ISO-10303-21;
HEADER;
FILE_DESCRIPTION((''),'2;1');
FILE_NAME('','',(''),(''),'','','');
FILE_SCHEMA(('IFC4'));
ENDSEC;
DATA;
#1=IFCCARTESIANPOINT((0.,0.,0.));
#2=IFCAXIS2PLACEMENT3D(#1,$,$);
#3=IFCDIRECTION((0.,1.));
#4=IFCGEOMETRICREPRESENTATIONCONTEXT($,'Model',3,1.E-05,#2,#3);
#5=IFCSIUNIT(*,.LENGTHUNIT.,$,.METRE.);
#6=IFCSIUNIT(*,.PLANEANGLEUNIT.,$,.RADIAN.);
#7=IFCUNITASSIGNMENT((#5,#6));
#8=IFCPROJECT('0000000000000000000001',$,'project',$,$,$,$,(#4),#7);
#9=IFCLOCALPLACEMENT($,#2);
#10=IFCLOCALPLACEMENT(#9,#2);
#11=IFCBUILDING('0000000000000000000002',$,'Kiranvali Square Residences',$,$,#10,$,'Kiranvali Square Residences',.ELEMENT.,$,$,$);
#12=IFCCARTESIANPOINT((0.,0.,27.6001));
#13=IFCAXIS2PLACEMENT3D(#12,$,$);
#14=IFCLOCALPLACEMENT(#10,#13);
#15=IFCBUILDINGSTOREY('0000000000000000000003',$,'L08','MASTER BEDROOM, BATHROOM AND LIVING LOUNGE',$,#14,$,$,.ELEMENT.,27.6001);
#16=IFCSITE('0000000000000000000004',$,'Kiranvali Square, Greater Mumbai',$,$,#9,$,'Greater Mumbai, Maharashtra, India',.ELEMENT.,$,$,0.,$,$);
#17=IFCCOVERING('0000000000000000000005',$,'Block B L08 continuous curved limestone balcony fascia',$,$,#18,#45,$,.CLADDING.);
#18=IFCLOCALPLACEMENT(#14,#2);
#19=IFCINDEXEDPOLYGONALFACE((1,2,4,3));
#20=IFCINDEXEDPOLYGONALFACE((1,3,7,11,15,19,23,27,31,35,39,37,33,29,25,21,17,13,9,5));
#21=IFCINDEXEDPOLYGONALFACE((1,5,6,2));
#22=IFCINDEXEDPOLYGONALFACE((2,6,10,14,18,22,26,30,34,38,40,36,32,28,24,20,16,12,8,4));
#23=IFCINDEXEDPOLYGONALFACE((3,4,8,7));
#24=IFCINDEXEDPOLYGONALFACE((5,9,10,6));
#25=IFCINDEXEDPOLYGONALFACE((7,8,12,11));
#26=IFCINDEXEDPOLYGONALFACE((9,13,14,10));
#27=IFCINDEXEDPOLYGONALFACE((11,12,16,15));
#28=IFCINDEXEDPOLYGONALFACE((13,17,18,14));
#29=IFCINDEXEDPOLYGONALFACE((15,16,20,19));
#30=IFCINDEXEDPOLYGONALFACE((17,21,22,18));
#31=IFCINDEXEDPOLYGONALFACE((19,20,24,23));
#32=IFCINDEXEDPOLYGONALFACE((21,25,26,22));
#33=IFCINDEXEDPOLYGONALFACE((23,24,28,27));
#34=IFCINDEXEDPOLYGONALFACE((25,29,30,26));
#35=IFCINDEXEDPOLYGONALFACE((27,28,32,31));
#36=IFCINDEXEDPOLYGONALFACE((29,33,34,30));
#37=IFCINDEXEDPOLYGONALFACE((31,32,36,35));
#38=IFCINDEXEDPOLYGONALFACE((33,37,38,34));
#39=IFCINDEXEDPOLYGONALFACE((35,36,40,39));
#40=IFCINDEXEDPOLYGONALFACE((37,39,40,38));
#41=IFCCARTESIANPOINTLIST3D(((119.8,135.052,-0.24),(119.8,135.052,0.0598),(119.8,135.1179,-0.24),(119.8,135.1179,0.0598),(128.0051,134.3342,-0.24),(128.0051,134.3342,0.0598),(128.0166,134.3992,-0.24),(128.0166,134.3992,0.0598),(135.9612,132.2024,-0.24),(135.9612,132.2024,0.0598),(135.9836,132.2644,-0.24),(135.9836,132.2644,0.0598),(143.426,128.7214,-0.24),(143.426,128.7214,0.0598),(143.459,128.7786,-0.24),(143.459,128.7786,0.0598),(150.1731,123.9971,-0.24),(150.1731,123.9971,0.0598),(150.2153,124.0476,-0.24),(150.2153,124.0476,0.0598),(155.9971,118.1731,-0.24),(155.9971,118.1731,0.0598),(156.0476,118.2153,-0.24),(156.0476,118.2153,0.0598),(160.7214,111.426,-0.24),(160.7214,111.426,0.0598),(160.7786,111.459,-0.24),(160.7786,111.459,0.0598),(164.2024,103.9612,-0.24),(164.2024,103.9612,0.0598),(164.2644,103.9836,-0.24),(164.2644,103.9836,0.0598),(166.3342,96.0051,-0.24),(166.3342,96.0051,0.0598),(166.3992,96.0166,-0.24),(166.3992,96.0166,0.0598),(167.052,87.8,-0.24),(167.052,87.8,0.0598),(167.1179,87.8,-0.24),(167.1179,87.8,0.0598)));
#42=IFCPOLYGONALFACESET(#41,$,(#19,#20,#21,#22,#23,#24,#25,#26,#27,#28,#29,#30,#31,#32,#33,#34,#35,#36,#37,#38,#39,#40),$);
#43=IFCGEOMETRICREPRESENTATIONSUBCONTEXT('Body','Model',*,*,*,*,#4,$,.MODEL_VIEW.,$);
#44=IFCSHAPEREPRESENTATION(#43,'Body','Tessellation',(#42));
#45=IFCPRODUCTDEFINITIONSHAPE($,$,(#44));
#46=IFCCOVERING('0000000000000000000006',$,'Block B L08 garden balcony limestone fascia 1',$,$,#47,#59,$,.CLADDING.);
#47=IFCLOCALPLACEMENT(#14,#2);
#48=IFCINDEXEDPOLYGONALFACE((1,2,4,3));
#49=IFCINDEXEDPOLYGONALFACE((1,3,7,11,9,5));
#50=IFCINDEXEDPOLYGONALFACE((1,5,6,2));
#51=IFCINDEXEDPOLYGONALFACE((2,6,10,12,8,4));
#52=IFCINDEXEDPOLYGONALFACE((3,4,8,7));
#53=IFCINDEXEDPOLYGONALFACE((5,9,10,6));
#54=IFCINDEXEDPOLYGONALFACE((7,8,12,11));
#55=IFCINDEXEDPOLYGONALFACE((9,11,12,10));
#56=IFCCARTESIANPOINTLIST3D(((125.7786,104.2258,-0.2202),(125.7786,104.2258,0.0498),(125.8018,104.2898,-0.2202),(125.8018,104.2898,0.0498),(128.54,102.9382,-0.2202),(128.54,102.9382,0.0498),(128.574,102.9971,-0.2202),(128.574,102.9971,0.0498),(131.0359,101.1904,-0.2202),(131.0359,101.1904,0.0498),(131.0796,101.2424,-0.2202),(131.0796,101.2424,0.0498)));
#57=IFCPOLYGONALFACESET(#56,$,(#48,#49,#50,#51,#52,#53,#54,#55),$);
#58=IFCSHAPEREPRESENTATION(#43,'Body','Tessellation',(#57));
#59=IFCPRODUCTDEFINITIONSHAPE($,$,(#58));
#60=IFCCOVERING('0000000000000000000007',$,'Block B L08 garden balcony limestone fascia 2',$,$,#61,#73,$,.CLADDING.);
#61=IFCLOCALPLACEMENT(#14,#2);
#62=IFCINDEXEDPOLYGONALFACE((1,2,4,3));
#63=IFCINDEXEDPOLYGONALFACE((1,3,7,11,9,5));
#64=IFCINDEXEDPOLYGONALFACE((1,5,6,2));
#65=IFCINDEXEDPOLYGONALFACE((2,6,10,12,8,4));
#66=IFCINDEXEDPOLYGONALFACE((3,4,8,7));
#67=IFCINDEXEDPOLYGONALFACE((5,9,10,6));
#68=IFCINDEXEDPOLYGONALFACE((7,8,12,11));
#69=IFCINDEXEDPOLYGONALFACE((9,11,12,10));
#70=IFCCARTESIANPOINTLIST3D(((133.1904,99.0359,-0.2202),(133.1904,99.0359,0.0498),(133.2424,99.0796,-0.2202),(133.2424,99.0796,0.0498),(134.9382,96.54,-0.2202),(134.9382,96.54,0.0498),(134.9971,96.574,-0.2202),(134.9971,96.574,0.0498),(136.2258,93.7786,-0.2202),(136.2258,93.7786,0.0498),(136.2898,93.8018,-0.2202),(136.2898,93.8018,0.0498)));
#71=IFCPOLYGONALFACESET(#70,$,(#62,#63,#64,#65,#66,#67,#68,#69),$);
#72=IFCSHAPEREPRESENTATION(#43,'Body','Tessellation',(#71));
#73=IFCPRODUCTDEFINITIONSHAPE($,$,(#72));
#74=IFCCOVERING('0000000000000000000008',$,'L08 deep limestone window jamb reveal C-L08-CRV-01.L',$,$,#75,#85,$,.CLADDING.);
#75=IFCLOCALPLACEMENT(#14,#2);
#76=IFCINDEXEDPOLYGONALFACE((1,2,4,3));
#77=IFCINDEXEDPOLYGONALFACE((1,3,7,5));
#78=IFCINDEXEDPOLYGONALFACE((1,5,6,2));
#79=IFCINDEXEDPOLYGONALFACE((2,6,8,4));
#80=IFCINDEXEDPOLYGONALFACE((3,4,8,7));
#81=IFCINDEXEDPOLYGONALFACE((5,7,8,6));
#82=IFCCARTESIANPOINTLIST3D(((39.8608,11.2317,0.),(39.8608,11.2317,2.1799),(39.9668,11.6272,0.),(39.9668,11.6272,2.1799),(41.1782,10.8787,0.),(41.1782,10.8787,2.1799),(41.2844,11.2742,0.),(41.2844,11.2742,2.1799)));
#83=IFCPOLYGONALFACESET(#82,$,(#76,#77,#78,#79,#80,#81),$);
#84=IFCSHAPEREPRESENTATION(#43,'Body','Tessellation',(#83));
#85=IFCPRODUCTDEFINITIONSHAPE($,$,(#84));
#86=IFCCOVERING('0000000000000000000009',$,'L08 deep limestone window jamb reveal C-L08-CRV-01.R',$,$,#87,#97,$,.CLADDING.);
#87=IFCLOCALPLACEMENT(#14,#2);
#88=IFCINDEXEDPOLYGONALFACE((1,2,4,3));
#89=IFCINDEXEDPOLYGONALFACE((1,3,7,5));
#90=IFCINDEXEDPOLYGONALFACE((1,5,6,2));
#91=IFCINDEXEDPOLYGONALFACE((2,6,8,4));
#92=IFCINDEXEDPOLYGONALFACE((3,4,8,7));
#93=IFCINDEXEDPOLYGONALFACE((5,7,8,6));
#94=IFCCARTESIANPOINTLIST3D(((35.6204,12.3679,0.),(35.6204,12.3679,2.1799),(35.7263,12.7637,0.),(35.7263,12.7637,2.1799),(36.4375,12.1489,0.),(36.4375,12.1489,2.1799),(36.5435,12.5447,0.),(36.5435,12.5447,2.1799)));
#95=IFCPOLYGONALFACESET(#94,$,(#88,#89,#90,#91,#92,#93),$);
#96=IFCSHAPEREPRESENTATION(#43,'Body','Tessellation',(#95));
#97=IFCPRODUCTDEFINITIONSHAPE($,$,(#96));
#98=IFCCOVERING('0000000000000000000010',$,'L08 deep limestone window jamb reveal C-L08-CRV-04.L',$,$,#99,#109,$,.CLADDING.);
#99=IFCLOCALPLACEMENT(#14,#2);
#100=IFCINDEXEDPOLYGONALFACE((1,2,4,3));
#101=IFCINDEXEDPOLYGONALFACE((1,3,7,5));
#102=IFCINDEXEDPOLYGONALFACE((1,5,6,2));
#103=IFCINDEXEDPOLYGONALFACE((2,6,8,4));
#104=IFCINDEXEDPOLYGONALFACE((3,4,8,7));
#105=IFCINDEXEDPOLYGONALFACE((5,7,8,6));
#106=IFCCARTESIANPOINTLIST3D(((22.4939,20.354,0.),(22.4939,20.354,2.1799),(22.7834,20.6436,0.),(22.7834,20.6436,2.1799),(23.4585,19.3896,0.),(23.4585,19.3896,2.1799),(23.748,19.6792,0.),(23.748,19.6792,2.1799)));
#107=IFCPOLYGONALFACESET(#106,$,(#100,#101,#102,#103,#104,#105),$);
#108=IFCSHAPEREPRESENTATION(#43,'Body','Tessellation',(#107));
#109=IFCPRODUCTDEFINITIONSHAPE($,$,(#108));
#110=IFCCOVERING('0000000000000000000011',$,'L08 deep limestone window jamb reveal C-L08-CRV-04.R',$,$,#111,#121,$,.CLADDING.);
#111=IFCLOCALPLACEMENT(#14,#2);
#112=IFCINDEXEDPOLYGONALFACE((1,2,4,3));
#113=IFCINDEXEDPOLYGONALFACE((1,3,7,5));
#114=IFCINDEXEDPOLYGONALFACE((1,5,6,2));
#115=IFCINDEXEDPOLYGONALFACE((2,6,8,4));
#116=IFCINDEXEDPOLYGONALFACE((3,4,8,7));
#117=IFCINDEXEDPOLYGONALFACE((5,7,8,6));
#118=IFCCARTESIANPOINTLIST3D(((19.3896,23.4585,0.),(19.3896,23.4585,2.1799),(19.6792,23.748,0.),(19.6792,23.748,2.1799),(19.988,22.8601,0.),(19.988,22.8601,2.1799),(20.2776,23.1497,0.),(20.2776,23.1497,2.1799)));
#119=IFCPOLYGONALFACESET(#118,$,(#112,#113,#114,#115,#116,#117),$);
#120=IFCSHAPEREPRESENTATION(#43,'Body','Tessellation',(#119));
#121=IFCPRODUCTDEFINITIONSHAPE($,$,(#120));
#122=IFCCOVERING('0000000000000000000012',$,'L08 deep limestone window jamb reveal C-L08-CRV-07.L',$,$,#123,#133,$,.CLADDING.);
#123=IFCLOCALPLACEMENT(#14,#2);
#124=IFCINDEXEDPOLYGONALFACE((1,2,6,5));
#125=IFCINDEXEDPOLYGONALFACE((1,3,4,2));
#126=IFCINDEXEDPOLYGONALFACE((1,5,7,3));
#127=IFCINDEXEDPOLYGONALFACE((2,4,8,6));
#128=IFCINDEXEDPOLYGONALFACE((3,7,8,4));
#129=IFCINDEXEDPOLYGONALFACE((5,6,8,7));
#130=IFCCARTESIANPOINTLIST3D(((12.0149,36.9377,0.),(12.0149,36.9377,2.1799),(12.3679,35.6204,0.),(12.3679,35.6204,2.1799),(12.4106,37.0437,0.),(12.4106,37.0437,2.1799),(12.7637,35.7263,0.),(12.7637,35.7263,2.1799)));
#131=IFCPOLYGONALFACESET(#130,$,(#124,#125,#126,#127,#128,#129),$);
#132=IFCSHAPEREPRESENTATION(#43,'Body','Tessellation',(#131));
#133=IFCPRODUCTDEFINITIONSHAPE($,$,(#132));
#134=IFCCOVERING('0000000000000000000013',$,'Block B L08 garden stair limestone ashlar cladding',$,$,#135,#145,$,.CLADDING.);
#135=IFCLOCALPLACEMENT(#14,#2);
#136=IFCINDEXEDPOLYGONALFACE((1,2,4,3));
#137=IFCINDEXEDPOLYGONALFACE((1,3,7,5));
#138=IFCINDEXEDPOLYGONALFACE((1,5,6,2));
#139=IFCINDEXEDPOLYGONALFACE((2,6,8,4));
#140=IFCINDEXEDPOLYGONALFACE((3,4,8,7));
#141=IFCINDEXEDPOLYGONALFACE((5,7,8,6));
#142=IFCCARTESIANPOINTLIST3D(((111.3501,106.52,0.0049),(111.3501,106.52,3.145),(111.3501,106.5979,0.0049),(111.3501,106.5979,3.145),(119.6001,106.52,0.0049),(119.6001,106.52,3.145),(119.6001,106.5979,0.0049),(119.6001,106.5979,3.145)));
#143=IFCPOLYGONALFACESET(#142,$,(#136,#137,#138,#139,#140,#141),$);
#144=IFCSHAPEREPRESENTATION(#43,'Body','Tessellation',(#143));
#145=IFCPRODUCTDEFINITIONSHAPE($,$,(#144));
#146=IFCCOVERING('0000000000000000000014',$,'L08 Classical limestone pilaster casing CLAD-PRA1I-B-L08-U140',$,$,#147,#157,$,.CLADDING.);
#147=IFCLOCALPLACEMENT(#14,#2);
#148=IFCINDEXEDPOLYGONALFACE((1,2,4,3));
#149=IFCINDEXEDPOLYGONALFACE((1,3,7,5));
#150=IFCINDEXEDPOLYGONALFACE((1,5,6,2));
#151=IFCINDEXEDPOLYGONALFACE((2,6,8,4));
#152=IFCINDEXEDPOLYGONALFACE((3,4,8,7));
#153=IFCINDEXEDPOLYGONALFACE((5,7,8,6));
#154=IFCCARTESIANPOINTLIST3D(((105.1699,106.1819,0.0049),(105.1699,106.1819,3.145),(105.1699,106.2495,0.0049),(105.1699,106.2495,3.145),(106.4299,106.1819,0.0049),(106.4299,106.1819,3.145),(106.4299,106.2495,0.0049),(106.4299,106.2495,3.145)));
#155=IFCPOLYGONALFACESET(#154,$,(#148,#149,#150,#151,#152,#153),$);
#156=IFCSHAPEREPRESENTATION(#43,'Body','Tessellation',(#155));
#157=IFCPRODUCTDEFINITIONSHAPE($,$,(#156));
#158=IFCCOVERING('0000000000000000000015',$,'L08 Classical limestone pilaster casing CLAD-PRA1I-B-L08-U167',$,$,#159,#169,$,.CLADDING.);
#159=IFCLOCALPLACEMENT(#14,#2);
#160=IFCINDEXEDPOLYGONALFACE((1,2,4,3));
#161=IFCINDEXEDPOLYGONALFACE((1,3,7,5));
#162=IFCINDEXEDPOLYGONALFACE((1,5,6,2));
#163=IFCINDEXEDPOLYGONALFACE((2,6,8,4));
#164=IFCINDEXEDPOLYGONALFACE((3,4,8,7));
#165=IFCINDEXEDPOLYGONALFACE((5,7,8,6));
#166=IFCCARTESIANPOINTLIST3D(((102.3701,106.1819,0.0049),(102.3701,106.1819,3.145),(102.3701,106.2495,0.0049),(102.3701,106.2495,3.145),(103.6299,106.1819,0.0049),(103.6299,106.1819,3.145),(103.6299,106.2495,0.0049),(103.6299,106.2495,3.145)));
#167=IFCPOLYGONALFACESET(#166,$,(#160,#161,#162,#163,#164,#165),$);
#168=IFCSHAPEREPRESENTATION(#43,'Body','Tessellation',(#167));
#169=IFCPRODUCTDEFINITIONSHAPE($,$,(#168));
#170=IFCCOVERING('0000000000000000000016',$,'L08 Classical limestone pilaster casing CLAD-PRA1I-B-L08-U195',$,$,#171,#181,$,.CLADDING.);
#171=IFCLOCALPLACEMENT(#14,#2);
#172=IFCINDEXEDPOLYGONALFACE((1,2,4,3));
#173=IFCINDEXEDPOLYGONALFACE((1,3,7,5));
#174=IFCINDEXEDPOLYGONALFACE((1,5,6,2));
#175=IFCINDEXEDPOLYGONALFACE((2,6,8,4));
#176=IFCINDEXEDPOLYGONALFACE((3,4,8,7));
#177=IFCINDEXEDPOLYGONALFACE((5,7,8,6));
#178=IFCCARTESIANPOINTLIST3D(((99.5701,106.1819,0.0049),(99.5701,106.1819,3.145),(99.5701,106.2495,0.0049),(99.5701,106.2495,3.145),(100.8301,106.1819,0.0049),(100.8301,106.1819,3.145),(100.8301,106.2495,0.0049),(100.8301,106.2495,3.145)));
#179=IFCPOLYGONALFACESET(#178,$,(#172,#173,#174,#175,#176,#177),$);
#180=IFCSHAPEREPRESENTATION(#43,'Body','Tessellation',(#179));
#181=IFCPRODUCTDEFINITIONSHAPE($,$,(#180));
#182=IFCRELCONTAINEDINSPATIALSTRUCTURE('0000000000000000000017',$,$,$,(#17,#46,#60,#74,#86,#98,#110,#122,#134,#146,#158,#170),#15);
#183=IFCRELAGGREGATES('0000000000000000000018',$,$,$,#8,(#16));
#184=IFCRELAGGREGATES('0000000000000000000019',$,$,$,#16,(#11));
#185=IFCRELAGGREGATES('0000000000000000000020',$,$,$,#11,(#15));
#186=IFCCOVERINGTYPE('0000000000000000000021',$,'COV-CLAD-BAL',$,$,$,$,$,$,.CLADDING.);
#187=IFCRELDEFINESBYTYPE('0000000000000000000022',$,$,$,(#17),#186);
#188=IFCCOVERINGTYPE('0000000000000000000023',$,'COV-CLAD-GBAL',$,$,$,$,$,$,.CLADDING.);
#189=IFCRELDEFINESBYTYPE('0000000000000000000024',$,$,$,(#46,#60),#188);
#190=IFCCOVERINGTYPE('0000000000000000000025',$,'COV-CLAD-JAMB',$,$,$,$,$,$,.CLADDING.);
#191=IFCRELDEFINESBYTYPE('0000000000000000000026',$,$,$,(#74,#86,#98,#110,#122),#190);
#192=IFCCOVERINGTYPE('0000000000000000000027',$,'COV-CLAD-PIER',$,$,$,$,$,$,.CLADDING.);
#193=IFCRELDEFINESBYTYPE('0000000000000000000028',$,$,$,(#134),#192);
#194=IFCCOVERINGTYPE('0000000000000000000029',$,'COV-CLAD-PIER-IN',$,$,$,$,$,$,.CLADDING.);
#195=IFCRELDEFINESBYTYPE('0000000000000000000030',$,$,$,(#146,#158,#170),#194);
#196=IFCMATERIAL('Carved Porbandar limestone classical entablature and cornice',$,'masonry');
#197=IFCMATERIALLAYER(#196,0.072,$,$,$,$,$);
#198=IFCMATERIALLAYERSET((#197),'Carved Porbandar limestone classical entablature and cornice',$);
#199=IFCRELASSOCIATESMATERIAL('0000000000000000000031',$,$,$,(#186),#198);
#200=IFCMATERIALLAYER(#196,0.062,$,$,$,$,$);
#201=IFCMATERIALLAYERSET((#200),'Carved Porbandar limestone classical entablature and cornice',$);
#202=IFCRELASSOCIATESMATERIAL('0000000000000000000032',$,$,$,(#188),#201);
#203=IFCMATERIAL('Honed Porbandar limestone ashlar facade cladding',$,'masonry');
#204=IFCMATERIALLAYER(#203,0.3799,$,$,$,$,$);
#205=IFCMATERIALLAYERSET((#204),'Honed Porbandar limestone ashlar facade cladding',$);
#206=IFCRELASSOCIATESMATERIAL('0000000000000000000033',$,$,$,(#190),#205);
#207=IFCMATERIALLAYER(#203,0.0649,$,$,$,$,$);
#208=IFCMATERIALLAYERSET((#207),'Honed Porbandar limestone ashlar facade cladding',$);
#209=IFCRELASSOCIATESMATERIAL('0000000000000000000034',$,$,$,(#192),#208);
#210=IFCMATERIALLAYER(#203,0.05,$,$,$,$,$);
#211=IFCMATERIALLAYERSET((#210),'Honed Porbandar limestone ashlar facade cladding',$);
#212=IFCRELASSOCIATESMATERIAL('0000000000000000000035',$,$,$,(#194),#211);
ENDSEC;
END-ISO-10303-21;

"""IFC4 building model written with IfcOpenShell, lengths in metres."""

from ifc_helpers import new_model, si_unit, direction, frame, origin, place, context, subcontext, project, spatial, polyline, outline, extrude, material, layer, layer_set, type_object, element, save


model = new_model("IFC4")

# Units and contexts
model_context = context("Model", 3, precision=1e-05, world=origin(), true_north=direction((0.0, 1.0)))
body_context = subcontext(model_context, "Body", "Model", "MODEL_VIEW")
ifc_project = project(units=[si_unit("LENGTHUNIT", "METRE"), si_unit("PLANEANGLEUNIT", "RADIAN")], contexts=[model_context])

# Site, building, storey
site_placement = place(None, origin())
site = spatial("IfcSite", under=ifc_project, at=site_placement, Name="Kiranvali Square, Greater Mumbai", LongName="Greater Mumbai, Maharashtra, India", CompositionType="ELEMENT", RefElevation=0.0)
building_placement = place(site_placement, origin())
building = spatial("IfcBuilding", under=site, at=building_placement, Name="Kiranvali Square Residences", LongName="Kiranvali Square Residences", CompositionType="ELEMENT")
storey_placement = place(building_placement, frame((0.0, 0.0, 27.6001)))
storey = spatial("IfcBuildingStorey", under=building, at=storey_placement, Name="L08", Description="MASTER BEDROOM, BATHROOM AND LIVING LOUNGE", CompositionType="ELEMENT", Elevation=27.6001)

# Coverings
ifc_material_1 = material(Name="Carved Porbandar limestone classical entablature and cornice", Category="masonry")
ifc_layer_1 = layer(ifc_material_1, 0.072)
ifc_layer_set_1 = layer_set([ifc_layer_1], Name="Carved Porbandar limestone classical entablature and cornice")
covering_type_1 = type_object("IfcCoveringType", Name="COV-CLAD-BAL", PredefinedType="CLADDING", material=ifc_layer_set_1)
covering_1_placement = place(storey_placement, frame((0.0, 0.0, -0.24)))
element("IfcCovering", 1, at=covering_1_placement, inside=storey, type_object=covering_type_1, Name="Block B L08 continuous curved limestone balcony fascia", PredefinedType="CLADDING", context=body_context, shape_type="SweptSolid", body=[
    extrude(outline(polyline([(119.8, 135.052), (128.0051, 134.3342), (135.9612, 132.2024), (143.426, 128.7214), (150.1731, 123.9971), (155.9971, 118.1731), (160.7214, 111.426), (164.2024, 103.9612), (166.3342, 96.0051), (167.052, 87.8), (167.1179, 87.8), (166.3992, 96.0166), (164.2644, 103.9836), (160.7786, 111.459), (156.0476, 118.2153), (150.2153, 124.0476), (143.459, 128.7786), (135.9836, 132.2644), (128.0166, 134.3992), (119.8, 135.1179), (119.8, 135.052)])), origin(), (0.0, 0.0, 1.0), 0.2998),
])
ifc_layer_2 = layer(ifc_material_1, 0.062)
ifc_layer_set_2 = layer_set([ifc_layer_2], Name="Carved Porbandar limestone classical entablature and cornice")
covering_type_2 = type_object("IfcCoveringType", Name="COV-CLAD-GBAL", PredefinedType="CLADDING", material=ifc_layer_set_2)
covering_2_placement = place(storey_placement, frame((0.0, 0.0, -0.2202)))
element("IfcCovering", 2, at=covering_2_placement, inside=storey, type_object=covering_type_2, Name="Block B L08 garden balcony limestone fascia 1", PredefinedType="CLADDING", context=body_context, shape_type="SweptSolid", body=[
    extrude(outline(polyline([(125.7786, 104.2258), (128.54, 102.9382), (131.0359, 101.1904), (131.0796, 101.2424), (128.574, 102.9971), (125.8018, 104.2898), (125.7786, 104.2258)])), origin(), (0.0, 0.0, 1.0), 0.27),
])
covering_3_placement = place(storey_placement, frame((0.0, 0.0, -0.2202)))
element("IfcCovering", 3, at=covering_3_placement, inside=storey, type_object=covering_type_2, Name="Block B L08 garden balcony limestone fascia 2", PredefinedType="CLADDING", context=body_context, shape_type="SweptSolid", body=[
    extrude(outline(polyline([(133.1904, 99.0359), (134.9382, 96.54), (136.2258, 93.7786), (136.2898, 93.8018), (134.9971, 96.574), (133.2424, 99.0796), (133.1904, 99.0359)])), origin(), (0.0, 0.0, 1.0), 0.27),
])
ifc_material_2 = material(Name="Honed Porbandar limestone ashlar facade cladding", Category="masonry")
ifc_layer_3 = layer(ifc_material_2, 0.3799)
ifc_layer_set_3 = layer_set([ifc_layer_3], Name="Honed Porbandar limestone ashlar facade cladding")
covering_type_3 = type_object("IfcCoveringType", Name="COV-CLAD-JAMB", PredefinedType="CLADDING", material=ifc_layer_set_3)
covering_4_placement = place(storey_placement, origin())
element("IfcCovering", 4, at=covering_4_placement, inside=storey, type_object=covering_type_3, Name="L08 deep limestone window jamb reveal C-L08-CRV-01.L", PredefinedType="CLADDING", context=body_context, shape_type="SweptSolid", body=[
    extrude(outline(polyline([(41.2844, 11.2742), (39.9668, 11.6272), (39.8608, 11.2317), (41.1782, 10.8787), (41.2844, 11.2742)])), origin(), (0.0, 0.0, 1.0), 2.1799),
])
covering_5_placement = place(storey_placement, origin())
element("IfcCovering", 5, at=covering_5_placement, inside=storey, type_object=covering_type_3, Name="L08 deep limestone window jamb reveal C-L08-CRV-01.R", PredefinedType="CLADDING", context=body_context, shape_type="SweptSolid", body=[
    extrude(outline(polyline([(36.5435, 12.5447), (35.7263, 12.7637), (35.6204, 12.3679), (36.4375, 12.1489), (36.5435, 12.5447)])), origin(), (0.0, 0.0, 1.0), 2.1799),
])
covering_6_placement = place(storey_placement, origin())
element("IfcCovering", 6, at=covering_6_placement, inside=storey, type_object=covering_type_3, Name="L08 deep limestone window jamb reveal C-L08-CRV-04.L", PredefinedType="CLADDING", context=body_context, shape_type="SweptSolid", body=[
    extrude(outline(polyline([(23.748, 19.6792), (22.7834, 20.6436), (22.4939, 20.354), (23.4585, 19.3896), (23.748, 19.6792)])), origin(), (0.0, 0.0, 1.0), 2.1799),
])
covering_7_placement = place(storey_placement, origin())
element("IfcCovering", 7, at=covering_7_placement, inside=storey, type_object=covering_type_3, Name="L08 deep limestone window jamb reveal C-L08-CRV-04.R", PredefinedType="CLADDING", context=body_context, shape_type="SweptSolid", body=[
    extrude(outline(polyline([(20.2776, 23.1497), (19.6792, 23.748), (19.3896, 23.4585), (19.988, 22.8601), (20.2776, 23.1497)])), origin(), (0.0, 0.0, 1.0), 2.1799),
])
covering_8_placement = place(storey_placement, origin())
element("IfcCovering", 8, at=covering_8_placement, inside=storey, type_object=covering_type_3, Name="L08 deep limestone window jamb reveal C-L08-CRV-07.L", PredefinedType="CLADDING", context=body_context, shape_type="SweptSolid", body=[
    extrude(outline(polyline([(12.7637, 35.7263), (12.4106, 37.0437), (12.0149, 36.9377), (12.3679, 35.6204), (12.7637, 35.7263)])), origin(), (0.0, 0.0, 1.0), 2.1799),
])
ifc_layer_4 = layer(ifc_material_2, 0.0649)
ifc_layer_set_4 = layer_set([ifc_layer_4], Name="Honed Porbandar limestone ashlar facade cladding")
covering_type_4 = type_object("IfcCoveringType", Name="COV-CLAD-PIER", PredefinedType="CLADDING", material=ifc_layer_set_4)
covering_9_placement = place(storey_placement, frame((0.0, 0.0, 0.0049)))
element("IfcCovering", 9, at=covering_9_placement, inside=storey, type_object=covering_type_4, Name="Block B L08 garden stair limestone ashlar cladding", PredefinedType="CLADDING", context=body_context, shape_type="SweptSolid", body=[
    extrude(outline(polyline([(119.6001, 106.5979), (111.3501, 106.5979), (111.3501, 106.52), (119.6001, 106.52), (119.6001, 106.5979)])), origin(), (0.0, 0.0, 1.0), 3.1401),
])
ifc_layer_5 = layer(ifc_material_2, 0.05)
ifc_layer_set_5 = layer_set([ifc_layer_5], Name="Honed Porbandar limestone ashlar facade cladding")
covering_type_5 = type_object("IfcCoveringType", Name="COV-CLAD-PIER-IN", PredefinedType="CLADDING", material=ifc_layer_set_5)
covering_10_placement = place(storey_placement, frame((0.0, 0.0, 0.0049)))
element("IfcCovering", 10, at=covering_10_placement, inside=storey, type_object=covering_type_5, Name="L08 Classical limestone pilaster casing CLAD-PRA1I-B-L08-U140", PredefinedType="CLADDING", context=body_context, shape_type="SweptSolid", body=[
    extrude(outline(polyline([(106.4299, 106.2495), (105.1699, 106.2495), (105.1699, 106.1819), (106.4299, 106.1819), (106.4299, 106.2495)])), origin(), (0.0, 0.0, 1.0), 3.1401),
])
covering_11_placement = place(storey_placement, frame((0.0, 0.0, 0.0049)))
element("IfcCovering", 11, at=covering_11_placement, inside=storey, type_object=covering_type_5, Name="L08 Classical limestone pilaster casing CLAD-PRA1I-B-L08-U167", PredefinedType="CLADDING", context=body_context, shape_type="SweptSolid", body=[
    extrude(outline(polyline([(103.6299, 106.2495), (102.3701, 106.2495), (102.3701, 106.1819), (103.6299, 106.1819), (103.6299, 106.2495)])), origin(), (0.0, 0.0, 1.0), 3.1401),
])
covering_12_placement = place(storey_placement, frame((0.0, 0.0, 0.0049)))
element("IfcCovering", 12, at=covering_12_placement, inside=storey, type_object=covering_type_5, Name="L08 Classical limestone pilaster casing CLAD-PRA1I-B-L08-U195", PredefinedType="CLADDING", context=body_context, shape_type="SweptSolid", body=[
    extrude(outline(polyline([(100.8301, 106.2495), (99.5701, 106.2495), (99.5701, 106.1819), (100.8301, 106.1819), (100.8301, 106.2495)])), origin(), (0.0, 0.0, 1.0), 3.1401),
])

save(model, "model.ifc")
